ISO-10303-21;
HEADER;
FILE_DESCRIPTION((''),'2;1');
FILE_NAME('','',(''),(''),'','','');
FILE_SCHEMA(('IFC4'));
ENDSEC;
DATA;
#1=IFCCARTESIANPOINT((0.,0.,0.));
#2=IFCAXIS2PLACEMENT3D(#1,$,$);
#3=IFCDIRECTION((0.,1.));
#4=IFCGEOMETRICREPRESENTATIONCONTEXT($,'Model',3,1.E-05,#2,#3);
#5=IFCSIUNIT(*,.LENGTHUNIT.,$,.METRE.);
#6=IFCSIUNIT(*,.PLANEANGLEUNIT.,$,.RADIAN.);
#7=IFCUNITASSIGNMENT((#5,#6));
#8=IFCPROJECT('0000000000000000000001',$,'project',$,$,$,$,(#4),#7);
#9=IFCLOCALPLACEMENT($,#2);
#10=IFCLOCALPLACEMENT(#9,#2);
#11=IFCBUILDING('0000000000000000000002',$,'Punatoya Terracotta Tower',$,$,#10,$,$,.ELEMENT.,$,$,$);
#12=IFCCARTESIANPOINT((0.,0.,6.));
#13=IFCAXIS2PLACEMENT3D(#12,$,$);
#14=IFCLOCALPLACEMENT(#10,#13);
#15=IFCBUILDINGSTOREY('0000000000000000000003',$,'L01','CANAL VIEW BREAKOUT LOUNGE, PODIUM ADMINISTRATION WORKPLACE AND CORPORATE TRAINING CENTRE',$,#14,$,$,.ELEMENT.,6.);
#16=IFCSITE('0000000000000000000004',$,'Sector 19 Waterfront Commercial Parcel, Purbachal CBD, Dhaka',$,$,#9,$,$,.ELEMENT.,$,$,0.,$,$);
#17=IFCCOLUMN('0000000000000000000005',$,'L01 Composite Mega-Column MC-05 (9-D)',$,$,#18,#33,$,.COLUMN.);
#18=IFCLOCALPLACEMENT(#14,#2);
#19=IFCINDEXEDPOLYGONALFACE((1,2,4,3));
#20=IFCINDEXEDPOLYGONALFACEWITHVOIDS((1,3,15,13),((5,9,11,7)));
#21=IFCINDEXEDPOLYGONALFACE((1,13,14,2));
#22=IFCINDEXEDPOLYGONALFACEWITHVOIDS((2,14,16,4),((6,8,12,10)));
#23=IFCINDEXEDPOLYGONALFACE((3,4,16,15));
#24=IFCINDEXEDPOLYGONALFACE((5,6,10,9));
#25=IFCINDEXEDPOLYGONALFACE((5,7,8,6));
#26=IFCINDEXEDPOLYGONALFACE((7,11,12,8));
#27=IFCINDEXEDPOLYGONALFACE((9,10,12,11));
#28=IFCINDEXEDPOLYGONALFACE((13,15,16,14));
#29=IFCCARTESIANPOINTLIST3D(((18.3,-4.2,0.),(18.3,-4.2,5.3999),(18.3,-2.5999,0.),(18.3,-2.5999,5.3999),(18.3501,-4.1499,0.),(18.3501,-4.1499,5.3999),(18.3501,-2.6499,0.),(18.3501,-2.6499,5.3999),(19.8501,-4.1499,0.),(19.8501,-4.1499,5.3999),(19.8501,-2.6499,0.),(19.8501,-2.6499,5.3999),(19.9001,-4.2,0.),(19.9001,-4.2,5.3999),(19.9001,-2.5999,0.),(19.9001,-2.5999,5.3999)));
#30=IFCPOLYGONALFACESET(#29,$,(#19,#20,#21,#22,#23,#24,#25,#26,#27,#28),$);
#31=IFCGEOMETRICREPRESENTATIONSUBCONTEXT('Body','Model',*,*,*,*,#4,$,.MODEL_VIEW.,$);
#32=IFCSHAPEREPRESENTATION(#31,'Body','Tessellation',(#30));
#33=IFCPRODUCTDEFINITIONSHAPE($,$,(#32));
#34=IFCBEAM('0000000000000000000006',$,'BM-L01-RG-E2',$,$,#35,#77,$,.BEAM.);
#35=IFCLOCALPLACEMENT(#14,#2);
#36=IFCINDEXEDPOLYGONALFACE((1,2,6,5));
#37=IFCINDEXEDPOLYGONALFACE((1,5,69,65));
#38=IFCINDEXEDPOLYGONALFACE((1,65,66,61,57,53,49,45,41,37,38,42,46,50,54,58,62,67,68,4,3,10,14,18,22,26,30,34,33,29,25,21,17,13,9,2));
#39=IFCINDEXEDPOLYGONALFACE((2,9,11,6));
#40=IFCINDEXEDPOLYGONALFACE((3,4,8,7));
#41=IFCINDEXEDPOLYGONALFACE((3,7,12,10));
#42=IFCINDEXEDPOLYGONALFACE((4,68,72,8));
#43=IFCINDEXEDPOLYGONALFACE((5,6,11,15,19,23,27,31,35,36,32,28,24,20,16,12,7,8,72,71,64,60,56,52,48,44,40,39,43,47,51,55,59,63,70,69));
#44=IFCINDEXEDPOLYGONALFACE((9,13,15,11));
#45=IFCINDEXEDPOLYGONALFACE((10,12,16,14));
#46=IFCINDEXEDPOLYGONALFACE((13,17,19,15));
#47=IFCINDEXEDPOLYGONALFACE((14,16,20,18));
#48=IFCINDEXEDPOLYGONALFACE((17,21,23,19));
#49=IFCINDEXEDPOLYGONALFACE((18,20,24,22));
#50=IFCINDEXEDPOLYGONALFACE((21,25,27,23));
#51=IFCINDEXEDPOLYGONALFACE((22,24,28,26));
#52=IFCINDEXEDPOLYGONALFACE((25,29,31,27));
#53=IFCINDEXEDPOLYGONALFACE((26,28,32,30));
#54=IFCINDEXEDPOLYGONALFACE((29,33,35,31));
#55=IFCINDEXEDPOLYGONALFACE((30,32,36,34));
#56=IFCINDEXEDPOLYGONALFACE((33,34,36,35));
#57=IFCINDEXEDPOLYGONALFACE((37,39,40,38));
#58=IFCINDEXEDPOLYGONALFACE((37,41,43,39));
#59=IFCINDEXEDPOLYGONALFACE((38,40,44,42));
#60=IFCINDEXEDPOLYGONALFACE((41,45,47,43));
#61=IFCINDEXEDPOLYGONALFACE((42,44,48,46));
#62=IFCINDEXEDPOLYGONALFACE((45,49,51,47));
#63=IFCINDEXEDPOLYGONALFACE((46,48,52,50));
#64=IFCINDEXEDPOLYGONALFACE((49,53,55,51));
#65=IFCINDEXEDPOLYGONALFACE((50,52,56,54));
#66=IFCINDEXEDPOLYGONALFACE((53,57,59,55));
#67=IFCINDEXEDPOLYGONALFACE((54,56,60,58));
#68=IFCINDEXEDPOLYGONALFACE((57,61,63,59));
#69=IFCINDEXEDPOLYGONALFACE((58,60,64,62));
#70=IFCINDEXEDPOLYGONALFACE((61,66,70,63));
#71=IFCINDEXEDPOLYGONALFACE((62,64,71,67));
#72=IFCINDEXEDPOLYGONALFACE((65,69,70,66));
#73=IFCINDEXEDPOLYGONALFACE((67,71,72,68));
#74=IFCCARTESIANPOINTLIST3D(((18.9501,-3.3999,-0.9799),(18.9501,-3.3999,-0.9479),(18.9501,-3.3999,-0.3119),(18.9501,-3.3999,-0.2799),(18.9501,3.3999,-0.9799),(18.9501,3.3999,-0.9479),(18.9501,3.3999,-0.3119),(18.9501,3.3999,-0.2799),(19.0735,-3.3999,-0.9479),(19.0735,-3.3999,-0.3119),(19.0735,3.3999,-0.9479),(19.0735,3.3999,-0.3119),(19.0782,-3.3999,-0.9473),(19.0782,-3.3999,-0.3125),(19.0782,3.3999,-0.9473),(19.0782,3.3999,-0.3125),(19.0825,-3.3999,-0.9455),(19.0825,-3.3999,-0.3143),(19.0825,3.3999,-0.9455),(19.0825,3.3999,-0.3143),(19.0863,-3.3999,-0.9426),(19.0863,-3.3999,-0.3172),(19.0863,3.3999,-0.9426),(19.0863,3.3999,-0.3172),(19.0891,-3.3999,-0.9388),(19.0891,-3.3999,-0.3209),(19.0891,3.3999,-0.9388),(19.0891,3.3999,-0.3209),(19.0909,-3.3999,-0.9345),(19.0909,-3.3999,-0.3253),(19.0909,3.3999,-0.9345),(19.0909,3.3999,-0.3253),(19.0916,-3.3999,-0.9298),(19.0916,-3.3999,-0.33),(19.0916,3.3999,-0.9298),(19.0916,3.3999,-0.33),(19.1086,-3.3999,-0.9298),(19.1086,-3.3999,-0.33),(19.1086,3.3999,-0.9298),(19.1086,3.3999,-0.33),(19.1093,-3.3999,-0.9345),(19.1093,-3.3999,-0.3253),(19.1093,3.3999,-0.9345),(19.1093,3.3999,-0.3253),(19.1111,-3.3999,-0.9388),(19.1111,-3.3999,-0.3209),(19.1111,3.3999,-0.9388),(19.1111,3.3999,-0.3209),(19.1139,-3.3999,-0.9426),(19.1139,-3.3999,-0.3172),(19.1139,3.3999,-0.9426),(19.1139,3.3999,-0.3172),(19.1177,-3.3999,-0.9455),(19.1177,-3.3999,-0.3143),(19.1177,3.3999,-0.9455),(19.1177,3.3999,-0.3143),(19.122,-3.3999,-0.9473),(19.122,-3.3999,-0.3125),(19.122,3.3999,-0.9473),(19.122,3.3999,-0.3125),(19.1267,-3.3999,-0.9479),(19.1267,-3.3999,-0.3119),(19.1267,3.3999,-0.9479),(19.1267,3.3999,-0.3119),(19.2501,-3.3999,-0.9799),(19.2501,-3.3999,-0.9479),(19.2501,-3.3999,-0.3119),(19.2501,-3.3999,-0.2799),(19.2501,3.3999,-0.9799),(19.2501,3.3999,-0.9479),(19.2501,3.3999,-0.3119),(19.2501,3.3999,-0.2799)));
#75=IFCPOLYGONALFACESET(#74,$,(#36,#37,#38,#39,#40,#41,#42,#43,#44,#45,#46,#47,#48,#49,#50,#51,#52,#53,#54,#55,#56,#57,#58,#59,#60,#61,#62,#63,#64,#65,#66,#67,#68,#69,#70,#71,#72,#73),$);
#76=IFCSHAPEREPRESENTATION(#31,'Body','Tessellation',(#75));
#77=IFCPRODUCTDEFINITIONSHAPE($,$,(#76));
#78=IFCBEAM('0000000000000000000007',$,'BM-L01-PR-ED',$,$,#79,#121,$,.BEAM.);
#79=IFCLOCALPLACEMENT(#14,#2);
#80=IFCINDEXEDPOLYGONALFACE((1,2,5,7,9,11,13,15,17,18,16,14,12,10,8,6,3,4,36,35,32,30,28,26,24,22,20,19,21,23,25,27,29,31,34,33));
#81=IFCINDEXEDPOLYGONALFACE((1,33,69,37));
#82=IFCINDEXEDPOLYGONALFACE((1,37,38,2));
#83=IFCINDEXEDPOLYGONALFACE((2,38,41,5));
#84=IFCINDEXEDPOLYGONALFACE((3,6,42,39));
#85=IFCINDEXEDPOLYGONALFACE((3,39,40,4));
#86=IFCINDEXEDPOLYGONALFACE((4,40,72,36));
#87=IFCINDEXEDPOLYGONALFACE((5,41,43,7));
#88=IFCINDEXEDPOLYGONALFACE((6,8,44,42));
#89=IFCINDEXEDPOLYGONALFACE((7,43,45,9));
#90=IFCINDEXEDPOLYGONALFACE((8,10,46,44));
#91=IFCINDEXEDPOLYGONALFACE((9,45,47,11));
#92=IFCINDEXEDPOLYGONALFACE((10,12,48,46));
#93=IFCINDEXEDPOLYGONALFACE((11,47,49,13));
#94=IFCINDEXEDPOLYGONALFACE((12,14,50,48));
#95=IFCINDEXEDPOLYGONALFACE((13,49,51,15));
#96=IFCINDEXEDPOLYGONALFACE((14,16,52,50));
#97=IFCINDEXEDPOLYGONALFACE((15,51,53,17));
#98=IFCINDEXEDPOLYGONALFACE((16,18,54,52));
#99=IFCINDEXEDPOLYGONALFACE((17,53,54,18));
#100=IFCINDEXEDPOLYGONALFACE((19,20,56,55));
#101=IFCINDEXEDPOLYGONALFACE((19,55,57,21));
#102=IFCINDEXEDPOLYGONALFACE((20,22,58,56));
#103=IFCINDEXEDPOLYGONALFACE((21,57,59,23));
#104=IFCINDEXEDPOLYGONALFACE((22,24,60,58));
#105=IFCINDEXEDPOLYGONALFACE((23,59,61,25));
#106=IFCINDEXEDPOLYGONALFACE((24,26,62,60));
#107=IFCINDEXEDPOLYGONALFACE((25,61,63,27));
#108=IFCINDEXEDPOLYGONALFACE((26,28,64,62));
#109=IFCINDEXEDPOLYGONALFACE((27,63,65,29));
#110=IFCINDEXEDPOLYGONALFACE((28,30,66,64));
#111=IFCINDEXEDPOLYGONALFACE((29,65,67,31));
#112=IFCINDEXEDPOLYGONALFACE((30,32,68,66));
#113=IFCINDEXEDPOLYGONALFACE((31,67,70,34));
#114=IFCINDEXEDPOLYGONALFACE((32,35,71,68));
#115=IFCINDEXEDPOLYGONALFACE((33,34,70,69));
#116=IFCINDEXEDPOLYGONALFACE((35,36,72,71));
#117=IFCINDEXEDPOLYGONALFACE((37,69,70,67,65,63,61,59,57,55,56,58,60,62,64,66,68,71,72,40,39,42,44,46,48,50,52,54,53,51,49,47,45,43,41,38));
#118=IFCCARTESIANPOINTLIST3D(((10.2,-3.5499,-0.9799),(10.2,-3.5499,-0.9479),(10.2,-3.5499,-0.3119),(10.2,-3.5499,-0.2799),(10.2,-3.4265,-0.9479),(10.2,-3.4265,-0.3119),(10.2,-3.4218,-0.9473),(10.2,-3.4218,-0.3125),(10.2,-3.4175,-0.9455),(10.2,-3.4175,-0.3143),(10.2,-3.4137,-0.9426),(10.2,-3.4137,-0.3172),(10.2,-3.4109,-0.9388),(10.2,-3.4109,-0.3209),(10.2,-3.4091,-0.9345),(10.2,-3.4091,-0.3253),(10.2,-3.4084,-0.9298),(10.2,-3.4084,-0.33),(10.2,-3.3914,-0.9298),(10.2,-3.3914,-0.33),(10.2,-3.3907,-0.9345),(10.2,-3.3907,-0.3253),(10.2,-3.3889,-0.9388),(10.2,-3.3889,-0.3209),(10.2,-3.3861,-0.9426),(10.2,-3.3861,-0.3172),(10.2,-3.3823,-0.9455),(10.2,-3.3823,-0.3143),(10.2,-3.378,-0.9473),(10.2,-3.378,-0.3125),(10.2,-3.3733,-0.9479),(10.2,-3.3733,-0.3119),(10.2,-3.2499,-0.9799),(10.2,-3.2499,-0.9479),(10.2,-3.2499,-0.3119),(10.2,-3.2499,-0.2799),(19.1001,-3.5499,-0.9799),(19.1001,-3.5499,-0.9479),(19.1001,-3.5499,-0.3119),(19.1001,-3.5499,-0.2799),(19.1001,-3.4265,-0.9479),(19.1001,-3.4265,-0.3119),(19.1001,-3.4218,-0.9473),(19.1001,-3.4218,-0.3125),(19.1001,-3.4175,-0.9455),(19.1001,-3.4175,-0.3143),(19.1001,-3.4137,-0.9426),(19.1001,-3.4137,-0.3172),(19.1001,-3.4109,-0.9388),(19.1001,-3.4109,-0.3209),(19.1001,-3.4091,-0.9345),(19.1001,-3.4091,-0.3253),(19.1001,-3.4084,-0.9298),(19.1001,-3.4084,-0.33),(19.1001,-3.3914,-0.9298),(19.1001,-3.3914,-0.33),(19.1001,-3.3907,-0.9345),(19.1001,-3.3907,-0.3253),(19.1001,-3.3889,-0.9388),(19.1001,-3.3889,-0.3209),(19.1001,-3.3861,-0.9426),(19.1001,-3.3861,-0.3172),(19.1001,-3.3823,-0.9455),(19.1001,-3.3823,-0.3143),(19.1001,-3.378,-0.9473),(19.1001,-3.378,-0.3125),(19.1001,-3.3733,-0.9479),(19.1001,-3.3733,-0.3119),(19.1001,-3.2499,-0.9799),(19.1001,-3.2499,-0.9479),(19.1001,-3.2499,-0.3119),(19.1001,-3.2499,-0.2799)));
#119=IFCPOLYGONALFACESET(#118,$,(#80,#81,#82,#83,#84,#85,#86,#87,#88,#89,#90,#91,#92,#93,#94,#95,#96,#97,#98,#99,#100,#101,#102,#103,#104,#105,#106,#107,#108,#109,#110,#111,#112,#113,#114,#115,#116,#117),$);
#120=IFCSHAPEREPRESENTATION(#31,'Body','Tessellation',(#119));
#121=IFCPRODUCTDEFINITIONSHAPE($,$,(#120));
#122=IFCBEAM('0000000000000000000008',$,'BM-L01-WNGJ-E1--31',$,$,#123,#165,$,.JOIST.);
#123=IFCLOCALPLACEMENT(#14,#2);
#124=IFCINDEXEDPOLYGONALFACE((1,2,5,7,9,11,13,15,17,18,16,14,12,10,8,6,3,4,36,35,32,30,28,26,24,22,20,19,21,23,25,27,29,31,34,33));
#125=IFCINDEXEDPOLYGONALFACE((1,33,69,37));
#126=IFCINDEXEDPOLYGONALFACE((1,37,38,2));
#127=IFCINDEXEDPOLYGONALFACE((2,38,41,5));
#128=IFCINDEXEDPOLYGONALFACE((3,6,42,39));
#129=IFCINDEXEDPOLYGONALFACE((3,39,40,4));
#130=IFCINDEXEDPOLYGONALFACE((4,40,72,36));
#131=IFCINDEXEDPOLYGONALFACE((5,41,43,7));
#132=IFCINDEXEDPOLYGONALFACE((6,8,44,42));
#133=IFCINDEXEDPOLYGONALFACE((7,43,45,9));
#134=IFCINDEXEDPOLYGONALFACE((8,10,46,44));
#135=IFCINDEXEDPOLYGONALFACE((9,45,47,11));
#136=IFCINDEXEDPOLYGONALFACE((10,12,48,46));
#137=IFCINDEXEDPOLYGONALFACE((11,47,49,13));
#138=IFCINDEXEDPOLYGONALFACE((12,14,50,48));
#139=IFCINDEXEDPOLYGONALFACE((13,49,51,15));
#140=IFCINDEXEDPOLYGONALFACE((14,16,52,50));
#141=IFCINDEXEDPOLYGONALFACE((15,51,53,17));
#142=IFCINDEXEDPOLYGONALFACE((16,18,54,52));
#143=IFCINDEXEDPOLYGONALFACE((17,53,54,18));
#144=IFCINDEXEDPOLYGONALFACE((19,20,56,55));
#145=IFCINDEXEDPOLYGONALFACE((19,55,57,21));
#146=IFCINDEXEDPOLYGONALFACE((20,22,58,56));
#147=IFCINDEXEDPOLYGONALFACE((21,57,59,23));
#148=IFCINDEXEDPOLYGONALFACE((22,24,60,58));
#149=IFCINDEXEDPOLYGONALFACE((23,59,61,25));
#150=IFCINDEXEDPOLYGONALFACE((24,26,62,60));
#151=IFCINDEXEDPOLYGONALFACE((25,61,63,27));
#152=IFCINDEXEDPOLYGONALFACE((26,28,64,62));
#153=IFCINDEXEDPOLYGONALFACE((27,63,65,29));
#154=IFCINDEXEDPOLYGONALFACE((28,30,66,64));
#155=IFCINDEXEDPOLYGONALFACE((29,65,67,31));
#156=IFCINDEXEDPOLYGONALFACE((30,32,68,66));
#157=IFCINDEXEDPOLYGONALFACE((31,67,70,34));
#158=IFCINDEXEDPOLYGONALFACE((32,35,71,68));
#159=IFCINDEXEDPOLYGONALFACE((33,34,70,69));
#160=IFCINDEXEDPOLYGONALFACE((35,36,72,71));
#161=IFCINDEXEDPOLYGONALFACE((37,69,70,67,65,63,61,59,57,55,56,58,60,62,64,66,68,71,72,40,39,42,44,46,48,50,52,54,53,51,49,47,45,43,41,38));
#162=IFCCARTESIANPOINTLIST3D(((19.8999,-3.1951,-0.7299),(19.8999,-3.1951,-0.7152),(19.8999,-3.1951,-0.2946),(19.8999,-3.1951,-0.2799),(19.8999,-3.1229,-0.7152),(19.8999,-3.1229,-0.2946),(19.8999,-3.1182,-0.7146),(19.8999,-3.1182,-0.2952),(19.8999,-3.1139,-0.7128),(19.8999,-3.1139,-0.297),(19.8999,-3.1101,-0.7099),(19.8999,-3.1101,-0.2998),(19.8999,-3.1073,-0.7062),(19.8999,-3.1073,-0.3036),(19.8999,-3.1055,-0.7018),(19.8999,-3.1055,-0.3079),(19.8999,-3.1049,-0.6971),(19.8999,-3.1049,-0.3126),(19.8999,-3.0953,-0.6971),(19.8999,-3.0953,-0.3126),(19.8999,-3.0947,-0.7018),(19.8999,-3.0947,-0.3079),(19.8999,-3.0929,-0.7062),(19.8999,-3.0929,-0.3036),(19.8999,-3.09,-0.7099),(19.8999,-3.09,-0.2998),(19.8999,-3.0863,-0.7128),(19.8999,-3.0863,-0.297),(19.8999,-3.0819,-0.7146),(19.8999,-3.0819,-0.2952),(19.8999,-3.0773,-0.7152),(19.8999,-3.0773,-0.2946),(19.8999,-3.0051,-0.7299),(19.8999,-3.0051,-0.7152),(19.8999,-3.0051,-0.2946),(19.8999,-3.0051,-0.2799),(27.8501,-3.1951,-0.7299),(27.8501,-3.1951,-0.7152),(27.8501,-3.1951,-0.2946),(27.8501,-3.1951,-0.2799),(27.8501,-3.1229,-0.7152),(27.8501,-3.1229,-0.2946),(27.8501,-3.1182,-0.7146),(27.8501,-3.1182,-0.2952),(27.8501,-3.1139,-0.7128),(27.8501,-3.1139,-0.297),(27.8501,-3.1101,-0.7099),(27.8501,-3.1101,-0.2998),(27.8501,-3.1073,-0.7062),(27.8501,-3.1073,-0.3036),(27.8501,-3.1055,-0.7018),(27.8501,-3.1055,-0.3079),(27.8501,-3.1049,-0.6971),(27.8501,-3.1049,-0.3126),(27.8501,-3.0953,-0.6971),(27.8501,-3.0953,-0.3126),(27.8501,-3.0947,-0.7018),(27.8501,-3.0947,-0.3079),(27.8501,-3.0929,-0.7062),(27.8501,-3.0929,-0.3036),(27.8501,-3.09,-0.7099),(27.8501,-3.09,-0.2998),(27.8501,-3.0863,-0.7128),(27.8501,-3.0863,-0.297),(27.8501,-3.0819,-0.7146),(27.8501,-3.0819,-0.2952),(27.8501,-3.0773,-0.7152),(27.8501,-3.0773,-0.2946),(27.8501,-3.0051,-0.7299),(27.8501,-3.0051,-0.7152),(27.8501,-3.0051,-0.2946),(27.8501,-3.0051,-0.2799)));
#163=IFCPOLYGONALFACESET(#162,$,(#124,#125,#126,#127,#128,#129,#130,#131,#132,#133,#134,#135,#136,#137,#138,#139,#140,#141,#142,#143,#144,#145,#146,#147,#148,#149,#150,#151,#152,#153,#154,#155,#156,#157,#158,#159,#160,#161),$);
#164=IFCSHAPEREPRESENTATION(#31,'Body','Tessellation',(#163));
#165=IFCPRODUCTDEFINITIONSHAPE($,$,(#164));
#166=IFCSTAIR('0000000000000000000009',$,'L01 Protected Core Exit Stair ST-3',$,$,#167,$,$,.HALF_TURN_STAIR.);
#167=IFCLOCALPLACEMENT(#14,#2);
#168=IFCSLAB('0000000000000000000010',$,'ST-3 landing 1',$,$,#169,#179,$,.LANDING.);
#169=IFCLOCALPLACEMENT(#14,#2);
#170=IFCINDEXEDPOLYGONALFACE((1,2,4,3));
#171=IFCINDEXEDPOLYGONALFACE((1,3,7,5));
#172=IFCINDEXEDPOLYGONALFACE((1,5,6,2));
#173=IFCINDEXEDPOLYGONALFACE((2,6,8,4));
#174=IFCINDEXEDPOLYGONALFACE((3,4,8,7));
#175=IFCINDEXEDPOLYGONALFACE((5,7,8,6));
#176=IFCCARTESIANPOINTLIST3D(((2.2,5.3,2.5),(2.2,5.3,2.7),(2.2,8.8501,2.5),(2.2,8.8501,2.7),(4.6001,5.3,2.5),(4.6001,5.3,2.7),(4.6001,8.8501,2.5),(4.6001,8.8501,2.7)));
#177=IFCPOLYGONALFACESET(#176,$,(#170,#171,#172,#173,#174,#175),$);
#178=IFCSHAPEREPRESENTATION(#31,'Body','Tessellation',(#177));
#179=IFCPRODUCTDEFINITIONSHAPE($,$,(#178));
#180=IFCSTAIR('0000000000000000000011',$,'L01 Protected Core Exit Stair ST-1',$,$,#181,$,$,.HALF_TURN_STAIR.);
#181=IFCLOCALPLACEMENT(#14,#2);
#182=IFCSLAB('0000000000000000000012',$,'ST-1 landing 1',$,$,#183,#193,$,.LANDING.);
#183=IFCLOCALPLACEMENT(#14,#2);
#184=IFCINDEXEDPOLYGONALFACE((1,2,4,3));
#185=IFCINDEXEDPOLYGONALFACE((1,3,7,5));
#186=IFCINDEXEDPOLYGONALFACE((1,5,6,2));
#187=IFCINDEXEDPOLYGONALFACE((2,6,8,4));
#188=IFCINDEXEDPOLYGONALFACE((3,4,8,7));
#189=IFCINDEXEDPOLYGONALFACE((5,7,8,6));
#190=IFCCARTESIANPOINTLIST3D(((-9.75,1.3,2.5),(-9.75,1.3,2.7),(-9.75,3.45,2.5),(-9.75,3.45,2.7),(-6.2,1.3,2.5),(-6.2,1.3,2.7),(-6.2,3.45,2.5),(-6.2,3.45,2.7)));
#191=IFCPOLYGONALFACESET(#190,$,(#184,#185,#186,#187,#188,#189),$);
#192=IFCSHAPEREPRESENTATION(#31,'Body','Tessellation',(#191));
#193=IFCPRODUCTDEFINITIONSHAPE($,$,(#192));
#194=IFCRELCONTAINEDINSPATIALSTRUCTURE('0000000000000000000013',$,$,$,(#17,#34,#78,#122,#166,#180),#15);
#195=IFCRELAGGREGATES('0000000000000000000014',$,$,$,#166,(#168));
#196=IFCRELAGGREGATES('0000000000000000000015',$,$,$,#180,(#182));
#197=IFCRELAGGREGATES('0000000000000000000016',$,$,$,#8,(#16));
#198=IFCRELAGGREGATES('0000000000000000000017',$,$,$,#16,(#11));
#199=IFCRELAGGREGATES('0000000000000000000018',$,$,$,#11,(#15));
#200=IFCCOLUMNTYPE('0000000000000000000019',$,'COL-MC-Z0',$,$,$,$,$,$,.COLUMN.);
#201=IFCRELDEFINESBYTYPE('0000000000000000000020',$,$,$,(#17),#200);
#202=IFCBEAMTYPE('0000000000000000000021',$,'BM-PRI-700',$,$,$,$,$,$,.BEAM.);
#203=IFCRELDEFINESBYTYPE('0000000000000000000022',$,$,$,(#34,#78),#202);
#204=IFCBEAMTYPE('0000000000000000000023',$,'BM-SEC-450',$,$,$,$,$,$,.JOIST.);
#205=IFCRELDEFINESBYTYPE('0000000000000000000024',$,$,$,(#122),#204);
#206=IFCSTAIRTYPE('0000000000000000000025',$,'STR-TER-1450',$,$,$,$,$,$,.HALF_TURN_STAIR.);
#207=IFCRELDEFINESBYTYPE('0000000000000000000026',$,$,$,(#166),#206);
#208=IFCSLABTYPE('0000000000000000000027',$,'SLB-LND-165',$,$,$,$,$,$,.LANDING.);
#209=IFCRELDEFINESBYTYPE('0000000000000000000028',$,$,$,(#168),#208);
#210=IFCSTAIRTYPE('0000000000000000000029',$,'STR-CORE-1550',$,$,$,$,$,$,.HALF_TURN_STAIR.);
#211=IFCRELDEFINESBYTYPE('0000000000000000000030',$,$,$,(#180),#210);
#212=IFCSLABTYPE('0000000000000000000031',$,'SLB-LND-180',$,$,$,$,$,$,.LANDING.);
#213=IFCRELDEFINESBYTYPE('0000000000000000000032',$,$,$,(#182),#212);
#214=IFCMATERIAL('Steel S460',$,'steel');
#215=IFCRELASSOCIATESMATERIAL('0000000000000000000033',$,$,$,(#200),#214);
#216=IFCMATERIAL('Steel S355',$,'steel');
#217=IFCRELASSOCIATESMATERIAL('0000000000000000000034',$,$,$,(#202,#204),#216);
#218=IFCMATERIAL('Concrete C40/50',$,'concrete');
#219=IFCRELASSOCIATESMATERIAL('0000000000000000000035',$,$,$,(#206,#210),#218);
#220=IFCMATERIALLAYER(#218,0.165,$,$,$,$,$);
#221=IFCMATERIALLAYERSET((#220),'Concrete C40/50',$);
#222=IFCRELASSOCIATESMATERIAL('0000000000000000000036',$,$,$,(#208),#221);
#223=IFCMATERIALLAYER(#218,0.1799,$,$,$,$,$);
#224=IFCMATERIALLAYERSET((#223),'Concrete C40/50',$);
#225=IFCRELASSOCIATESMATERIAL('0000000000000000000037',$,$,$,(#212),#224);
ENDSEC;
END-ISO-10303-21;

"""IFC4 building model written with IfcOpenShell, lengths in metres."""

from ifc_helpers import new_model, si_unit, direction, frame, origin, origin_2d, place, context, subcontext, project, spatial, polyline, hollow_rectangle, i_section, outline, extrude, material, layer, layer_set, material_profile, profile_set, type_object, element, aggregate, save


model = new_model("IFC4")

# Units and contexts
model_context = context("Model", 3, precision=1e-05, world=origin(), true_north=direction((0.0, 1.0)))
body_context = subcontext(model_context, "Body", "Model", "MODEL_VIEW")
ifc_project = project(units=[si_unit("LENGTHUNIT", "METRE"), si_unit("PLANEANGLEUNIT", "RADIAN")], contexts=[model_context])

# Site, building, storey
site_placement = place(None, origin())
site = spatial("IfcSite", under=ifc_project, at=site_placement, Name="Sector 19 Waterfront Commercial Parcel, Purbachal CBD, Dhaka", CompositionType="ELEMENT", RefElevation=0.0)
building_placement = place(site_placement, origin())
building = spatial("IfcBuilding", under=site, at=building_placement, Name="Punatoya Terracotta Tower", CompositionType="ELEMENT")
storey_placement = place(building_placement, frame((0.0, 0.0, 6.0)))
storey = spatial("IfcBuildingStorey", under=building, at=storey_placement, Name="L01", Description="CANAL VIEW BREAKOUT LOUNGE, PODIUM ADMINISTRATION WORKPLACE AND CORPORATE TRAINING CENTRE", CompositionType="ELEMENT", Elevation=6.0)

# Column
ifc_material_1 = material(Name="Steel S460", Category="steel")
ifc_material_profile_1 = material_profile(ifc_material_1, hollow_rectangle(XDim=1.6001, YDim=1.6001, WallThickness=0.05, at=origin_2d()))
ifc_profile_set_1 = profile_set([ifc_material_profile_1], Name="Steel S460")
column_type = type_object("IfcColumnType", Name="COL-MC-Z0", PredefinedType="COLUMN", material=ifc_profile_set_1)
column_placement = place(storey_placement, frame((19.1001, -3.3999, 0.0), z_axis=(0.0, 0.0, 1.0), x_axis=(1.0, 0.0, 0.0)))
element("IfcColumn", 1, at=column_placement, inside=storey, type_object=column_type, Name="L01 Composite Mega-Column MC-05 (9-D)", PredefinedType="COLUMN", context=body_context, shape_type="SweptSolid", body=[
    extrude(hollow_rectangle(XDim=1.6001, YDim=1.6001, WallThickness=0.05, at=origin_2d()), origin(), (0.0, 0.0, 1.0), 5.3999),
])

# Beams
ifc_material_2 = material(Name="Steel S355", Category="steel")
ifc_material_profile_2 = material_profile(ifc_material_2, i_section(OverallWidth=0.3, OverallDepth=0.7, WebThickness=0.0171, FlangeThickness=0.032, FilletRadius=0.0181, at=origin_2d()))
ifc_profile_set_2 = profile_set([ifc_material_profile_2], Name="Steel S355")
beam_type_1 = type_object("IfcBeamType", Name="BM-PRI-700", PredefinedType="BEAM", material=ifc_profile_set_2)
beam_1_placement = place(storey_placement, frame((19.1001, -3.3999, -0.6299), z_axis=(0.0, 1.0, 0.0), x_axis=(-1.0, 0.0, 0.0)))
element("IfcBeam", 2, at=beam_1_placement, inside=storey, type_object=beam_type_1, Name="BM-L01-RG-E2", PredefinedType="BEAM", context=body_context, shape_type="SweptSolid", body=[
    extrude(i_section(OverallWidth=0.3, OverallDepth=0.7, WebThickness=0.0171, FlangeThickness=0.032, FilletRadius=0.0181, at=origin_2d()), origin(), (0.0, 0.0, 1.0), 6.7998),
])
beam_2_placement = place(storey_placement, frame((10.2, -3.3999, -0.6299), z_axis=(1.0, 0.0, 0.0), x_axis=(0.0, 1.0, 0.0)))
element("IfcBeam", 3, at=beam_2_placement, inside=storey, type_object=beam_type_1, Name="BM-L01-PR-ED", PredefinedType="BEAM", context=body_context, shape_type="SweptSolid", body=[
    extrude(i_section(OverallWidth=0.3, OverallDepth=0.7, WebThickness=0.0171, FlangeThickness=0.032, FilletRadius=0.0181, at=origin_2d()), origin(), (0.0, 0.0, 1.0), 8.9001),
])
ifc_material_profile_3 = material_profile(ifc_material_2, i_section(OverallWidth=0.1899, OverallDepth=0.45, WebThickness=0.0095, FlangeThickness=0.0146, FilletRadius=0.0181, at=origin_2d()))
ifc_profile_set_3 = profile_set([ifc_material_profile_3], Name="Steel S355")
beam_type_2 = type_object("IfcBeamType", Name="BM-SEC-450", PredefinedType="JOIST", material=ifc_profile_set_3)
beam_3_placement = place(storey_placement, frame((19.8999, -3.1001, -0.5049), z_axis=(1.0, 0.0, 0.0), x_axis=(0.0, 1.0, 0.0)))
element("IfcBeam", 4, at=beam_3_placement, inside=storey, type_object=beam_type_2, Name="BM-L01-WNGJ-E1--31", PredefinedType="JOIST", context=body_context, shape_type="SweptSolid", body=[
    extrude(i_section(OverallWidth=0.1899, OverallDepth=0.45, WebThickness=0.0095, FlangeThickness=0.0146, FilletRadius=0.0181, at=origin_2d()), origin(), (0.0, 0.0, 1.0), 7.9502),
])

# Stairs, slabs
ifc_material_3 = material(Name="Concrete C40/50", Category="concrete")
stair_type_1 = type_object("IfcStairType", Name="STR-TER-1450", PredefinedType="HALF_TURN_STAIR", material=ifc_material_3)
stair_1_placement = place(storey_placement, origin())
stair_1 = element("IfcStair", 5, at=stair_1_placement, inside=storey, type_object=stair_type_1, Name="L01 Protected Core Exit Stair ST-3", PredefinedType="HALF_TURN_STAIR")
ifc_layer_1 = layer(ifc_material_3, 0.165)
ifc_layer_set_1 = layer_set([ifc_layer_1], Name="Concrete C40/50")
slab_type_1 = type_object("IfcSlabType", Name="SLB-LND-165", PredefinedType="LANDING", material=ifc_layer_set_1)
slab_1_placement = place(storey_placement, frame((0.0, 0.0, 2.5)))
slab_1 = element("IfcSlab", 6, at=slab_1_placement, type_object=slab_type_1, Name="ST-3 landing 1", PredefinedType="LANDING", context=body_context, shape_type="SweptSolid", body=[
    extrude(outline(polyline([(2.2, 5.3), (4.6001, 5.3), (4.6001, 8.8501), (2.2, 8.8501), (2.2, 5.3)])), origin(), (0.0, 0.0, 1.0), 0.2),
])
aggregate(stair_1, [slab_1])
stair_type_2 = type_object("IfcStairType", Name="STR-CORE-1550", PredefinedType="HALF_TURN_STAIR", material=ifc_material_3)
stair_2_placement = place(storey_placement, origin())
stair_2 = element("IfcStair", 7, at=stair_2_placement, inside=storey, type_object=stair_type_2, Name="L01 Protected Core Exit Stair ST-1", PredefinedType="HALF_TURN_STAIR")
ifc_layer_2 = layer(ifc_material_3, 0.1799)
ifc_layer_set_2 = layer_set([ifc_layer_2], Name="Concrete C40/50")
slab_type_2 = type_object("IfcSlabType", Name="SLB-LND-180", PredefinedType="LANDING", material=ifc_layer_set_2)
slab_2_placement = place(storey_placement, frame((0.0, 0.0, 2.5)))
slab_2 = element("IfcSlab", 8, at=slab_2_placement, type_object=slab_type_2, Name="ST-1 landing 1", PredefinedType="LANDING", context=body_context, shape_type="SweptSolid", body=[
    extrude(outline(polyline([(-6.2, 1.3), (-6.2, 3.45), (-9.75, 3.45), (-9.75, 1.3), (-6.2, 1.3)])), origin(), (0.0, 0.0, 1.0), 0.2),
])
aggregate(stair_2, [slab_2])

save(model, "model.ifc")
